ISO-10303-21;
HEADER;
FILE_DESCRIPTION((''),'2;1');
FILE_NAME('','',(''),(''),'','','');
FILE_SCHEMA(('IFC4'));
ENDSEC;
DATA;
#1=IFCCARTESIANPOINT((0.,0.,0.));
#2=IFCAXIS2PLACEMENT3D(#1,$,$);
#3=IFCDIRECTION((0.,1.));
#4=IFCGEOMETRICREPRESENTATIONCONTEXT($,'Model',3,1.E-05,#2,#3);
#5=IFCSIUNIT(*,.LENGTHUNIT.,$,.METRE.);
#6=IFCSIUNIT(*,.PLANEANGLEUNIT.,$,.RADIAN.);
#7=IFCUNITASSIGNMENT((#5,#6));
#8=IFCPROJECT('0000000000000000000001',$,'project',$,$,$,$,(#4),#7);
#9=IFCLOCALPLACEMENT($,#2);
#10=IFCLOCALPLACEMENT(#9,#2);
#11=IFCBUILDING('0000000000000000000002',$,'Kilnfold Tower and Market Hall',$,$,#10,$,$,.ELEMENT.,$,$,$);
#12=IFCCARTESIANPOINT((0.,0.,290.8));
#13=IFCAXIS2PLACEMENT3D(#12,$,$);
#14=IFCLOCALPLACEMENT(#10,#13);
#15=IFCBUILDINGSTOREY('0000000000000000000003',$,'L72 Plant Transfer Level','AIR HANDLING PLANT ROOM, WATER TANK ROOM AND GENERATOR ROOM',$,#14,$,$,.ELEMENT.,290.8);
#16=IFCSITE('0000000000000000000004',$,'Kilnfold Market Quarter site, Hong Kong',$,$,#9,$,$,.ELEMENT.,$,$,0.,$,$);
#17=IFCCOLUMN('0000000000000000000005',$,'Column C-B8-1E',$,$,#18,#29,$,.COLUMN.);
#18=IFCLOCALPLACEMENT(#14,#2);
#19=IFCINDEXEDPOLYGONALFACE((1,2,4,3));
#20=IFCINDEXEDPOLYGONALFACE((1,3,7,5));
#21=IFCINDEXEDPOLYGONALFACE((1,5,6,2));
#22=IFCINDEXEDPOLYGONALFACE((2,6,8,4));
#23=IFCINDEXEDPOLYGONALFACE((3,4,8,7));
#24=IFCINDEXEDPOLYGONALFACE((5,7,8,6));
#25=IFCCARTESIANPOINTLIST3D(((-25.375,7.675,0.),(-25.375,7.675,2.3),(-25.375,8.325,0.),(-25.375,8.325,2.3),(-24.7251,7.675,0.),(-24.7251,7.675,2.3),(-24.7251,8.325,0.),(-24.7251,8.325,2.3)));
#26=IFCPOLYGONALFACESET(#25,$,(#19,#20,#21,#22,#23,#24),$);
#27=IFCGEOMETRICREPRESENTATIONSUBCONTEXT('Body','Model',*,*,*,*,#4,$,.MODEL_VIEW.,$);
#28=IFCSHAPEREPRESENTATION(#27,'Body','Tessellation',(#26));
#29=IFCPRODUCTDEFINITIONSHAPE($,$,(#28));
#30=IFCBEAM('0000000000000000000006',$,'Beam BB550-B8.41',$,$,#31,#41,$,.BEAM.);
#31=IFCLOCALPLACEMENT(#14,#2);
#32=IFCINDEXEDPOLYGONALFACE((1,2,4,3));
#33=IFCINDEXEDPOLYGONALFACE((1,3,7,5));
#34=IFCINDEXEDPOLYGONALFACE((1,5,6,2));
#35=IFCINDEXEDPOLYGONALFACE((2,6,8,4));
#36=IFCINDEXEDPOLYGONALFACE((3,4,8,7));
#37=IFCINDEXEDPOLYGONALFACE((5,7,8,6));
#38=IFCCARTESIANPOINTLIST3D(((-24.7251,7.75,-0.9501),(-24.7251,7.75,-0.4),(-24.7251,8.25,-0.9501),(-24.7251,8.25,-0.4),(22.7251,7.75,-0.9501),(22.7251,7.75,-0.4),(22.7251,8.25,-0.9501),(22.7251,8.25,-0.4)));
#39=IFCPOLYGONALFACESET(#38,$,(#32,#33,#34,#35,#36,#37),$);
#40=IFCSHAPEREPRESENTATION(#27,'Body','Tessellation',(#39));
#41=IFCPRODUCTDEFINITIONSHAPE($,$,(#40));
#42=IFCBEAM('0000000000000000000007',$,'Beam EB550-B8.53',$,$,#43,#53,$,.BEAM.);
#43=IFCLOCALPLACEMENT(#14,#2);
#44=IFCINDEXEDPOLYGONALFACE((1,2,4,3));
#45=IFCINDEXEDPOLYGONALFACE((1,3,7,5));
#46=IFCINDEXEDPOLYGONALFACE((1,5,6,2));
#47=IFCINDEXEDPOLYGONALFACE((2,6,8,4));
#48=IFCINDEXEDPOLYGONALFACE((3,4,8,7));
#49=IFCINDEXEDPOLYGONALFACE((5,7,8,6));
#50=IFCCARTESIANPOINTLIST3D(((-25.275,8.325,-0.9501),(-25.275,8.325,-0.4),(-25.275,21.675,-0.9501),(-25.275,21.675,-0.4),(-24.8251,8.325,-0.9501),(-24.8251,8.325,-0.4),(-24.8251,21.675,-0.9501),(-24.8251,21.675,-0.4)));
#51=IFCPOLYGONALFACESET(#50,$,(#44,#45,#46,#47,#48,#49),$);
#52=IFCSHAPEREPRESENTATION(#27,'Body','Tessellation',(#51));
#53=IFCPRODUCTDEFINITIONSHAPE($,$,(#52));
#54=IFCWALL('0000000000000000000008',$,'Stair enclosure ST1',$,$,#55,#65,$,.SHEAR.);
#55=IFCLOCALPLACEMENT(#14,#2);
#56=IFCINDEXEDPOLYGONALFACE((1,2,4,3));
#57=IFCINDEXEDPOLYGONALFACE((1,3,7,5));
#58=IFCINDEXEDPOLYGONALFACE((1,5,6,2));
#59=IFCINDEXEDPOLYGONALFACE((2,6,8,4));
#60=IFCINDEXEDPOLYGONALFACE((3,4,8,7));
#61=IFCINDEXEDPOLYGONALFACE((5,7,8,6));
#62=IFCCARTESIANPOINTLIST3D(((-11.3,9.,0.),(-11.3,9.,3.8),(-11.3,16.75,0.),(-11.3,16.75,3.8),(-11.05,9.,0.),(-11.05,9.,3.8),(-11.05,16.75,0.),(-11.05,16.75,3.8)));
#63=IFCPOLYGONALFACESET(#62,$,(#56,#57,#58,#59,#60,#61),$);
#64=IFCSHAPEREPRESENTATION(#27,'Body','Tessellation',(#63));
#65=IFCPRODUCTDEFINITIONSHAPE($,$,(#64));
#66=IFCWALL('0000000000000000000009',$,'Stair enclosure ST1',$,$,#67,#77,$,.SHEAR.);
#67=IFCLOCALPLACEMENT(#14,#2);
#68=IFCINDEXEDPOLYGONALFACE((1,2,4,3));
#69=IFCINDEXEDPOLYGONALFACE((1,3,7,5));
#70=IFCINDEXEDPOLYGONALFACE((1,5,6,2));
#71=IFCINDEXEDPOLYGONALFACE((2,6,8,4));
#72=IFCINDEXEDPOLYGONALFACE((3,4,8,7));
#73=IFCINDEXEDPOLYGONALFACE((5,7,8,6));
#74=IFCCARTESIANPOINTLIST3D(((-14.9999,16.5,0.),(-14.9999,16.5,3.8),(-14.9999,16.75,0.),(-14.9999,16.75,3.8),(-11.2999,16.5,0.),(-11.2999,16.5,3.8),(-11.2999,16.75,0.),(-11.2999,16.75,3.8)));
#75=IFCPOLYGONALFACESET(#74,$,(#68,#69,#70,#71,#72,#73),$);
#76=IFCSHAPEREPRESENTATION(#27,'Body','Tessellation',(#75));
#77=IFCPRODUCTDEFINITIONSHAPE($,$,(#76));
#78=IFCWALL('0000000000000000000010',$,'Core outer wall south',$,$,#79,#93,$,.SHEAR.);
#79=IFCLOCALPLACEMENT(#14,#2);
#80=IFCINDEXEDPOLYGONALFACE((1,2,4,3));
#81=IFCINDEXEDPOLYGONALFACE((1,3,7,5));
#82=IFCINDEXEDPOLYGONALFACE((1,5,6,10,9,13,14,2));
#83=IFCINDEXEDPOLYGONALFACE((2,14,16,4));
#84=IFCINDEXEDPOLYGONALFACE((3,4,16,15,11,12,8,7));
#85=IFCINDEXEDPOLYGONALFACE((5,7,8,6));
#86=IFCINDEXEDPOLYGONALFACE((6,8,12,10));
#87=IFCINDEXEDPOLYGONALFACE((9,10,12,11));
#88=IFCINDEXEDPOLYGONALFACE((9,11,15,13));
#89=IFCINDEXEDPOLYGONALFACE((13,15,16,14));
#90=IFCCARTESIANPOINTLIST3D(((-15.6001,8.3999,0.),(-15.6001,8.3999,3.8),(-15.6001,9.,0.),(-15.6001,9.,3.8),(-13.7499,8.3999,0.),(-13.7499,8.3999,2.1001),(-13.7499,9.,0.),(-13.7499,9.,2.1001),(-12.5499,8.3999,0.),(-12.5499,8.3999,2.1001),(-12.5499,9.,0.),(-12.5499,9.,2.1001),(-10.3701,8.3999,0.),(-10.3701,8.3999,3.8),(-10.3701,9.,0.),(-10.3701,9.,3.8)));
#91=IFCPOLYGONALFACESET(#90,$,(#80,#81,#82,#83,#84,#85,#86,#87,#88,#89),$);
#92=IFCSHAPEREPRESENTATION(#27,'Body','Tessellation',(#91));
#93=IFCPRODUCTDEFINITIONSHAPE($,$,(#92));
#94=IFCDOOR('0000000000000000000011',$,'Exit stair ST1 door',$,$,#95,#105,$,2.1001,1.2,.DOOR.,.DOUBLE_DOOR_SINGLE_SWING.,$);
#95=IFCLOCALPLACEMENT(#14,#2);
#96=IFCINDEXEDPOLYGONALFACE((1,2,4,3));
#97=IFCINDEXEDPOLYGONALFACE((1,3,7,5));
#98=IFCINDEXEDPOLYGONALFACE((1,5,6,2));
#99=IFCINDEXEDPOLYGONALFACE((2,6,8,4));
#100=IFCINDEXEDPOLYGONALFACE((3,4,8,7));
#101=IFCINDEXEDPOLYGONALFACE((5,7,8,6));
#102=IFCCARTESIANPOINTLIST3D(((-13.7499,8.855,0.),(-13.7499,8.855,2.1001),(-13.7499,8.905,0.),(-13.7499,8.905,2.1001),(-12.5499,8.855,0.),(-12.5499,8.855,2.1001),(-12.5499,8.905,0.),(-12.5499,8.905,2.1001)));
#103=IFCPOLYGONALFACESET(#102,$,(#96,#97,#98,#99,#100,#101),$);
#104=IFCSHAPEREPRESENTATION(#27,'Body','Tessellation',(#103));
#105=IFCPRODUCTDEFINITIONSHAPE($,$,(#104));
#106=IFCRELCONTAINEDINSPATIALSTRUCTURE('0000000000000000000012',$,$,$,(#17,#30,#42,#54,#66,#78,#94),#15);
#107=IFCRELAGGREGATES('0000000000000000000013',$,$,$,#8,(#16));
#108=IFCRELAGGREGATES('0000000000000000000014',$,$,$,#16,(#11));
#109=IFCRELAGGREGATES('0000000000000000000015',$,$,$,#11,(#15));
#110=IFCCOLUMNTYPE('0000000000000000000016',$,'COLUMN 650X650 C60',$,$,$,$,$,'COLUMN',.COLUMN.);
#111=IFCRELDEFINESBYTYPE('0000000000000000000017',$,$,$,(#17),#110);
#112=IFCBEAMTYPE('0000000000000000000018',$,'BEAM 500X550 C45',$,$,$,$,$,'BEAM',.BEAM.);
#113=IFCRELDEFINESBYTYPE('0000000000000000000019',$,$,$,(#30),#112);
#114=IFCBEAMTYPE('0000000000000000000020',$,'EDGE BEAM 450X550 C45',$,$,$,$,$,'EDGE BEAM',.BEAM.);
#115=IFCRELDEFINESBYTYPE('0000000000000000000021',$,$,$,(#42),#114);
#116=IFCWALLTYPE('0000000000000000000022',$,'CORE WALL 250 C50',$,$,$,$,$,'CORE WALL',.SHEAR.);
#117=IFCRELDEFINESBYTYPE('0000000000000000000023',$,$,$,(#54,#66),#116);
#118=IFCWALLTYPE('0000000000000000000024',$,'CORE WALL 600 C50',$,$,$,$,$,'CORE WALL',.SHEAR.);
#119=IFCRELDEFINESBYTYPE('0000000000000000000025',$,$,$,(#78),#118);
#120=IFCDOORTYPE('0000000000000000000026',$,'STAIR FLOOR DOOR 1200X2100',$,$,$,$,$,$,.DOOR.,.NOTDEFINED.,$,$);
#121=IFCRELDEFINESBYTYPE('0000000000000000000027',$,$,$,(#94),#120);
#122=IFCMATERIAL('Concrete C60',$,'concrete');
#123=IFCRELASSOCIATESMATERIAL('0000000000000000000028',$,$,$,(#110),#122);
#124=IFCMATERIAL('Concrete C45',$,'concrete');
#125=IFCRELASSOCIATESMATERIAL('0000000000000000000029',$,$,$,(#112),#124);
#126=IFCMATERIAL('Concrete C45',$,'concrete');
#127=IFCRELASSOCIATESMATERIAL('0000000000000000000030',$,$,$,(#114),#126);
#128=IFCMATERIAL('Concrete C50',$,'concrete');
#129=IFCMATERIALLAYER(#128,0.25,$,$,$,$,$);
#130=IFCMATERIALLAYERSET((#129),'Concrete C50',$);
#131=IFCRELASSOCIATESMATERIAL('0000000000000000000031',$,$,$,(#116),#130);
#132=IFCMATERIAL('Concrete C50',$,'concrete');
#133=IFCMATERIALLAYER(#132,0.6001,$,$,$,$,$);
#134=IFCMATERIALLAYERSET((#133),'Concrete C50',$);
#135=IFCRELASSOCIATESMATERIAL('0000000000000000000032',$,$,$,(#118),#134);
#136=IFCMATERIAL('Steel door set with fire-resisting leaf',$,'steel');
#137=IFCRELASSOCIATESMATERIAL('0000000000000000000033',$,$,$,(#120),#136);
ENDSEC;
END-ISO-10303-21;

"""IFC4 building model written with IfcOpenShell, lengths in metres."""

from ifc_helpers import new_model, si_unit, direction, frame, frame_2d, origin, origin_2d, place, context, subcontext, project, spatial, rectangle, extrude, source, transform, mapped, material, layer, layer_set, material_profile, profile_set, type_object, element, fill, save


model = new_model("IFC4")

# Units and contexts
model_context = context("Model", 3, precision=1e-05, world=origin(), true_north=direction((0.0, 1.0)))
body_context = subcontext(model_context, "Body", "Model", "MODEL_VIEW")
ifc_project = project(units=[si_unit("LENGTHUNIT", "METRE"), si_unit("PLANEANGLEUNIT", "RADIAN")], contexts=[model_context])

# Site, building, storey
site_placement = place(None, origin())
site = spatial("IfcSite", under=ifc_project, at=site_placement, Name="Kilnfold Market Quarter site, Hong Kong", CompositionType="ELEMENT", RefElevation=0.0)
building_placement = place(site_placement, origin())
building = spatial("IfcBuilding", under=site, at=building_placement, Name="Kilnfold Tower and Market Hall", CompositionType="ELEMENT")
storey_placement = place(building_placement, frame((0.0, 0.0, 290.8)))
storey = spatial("IfcBuildingStorey", under=building, at=storey_placement, Name="L72 Plant Transfer Level", Description="AIR HANDLING PLANT ROOM, WATER TANK ROOM AND GENERATOR ROOM", CompositionType="ELEMENT", Elevation=290.8)

# Column
ifc_material_1 = material(Name="Concrete C60", Category="concrete")
ifc_material_profile_1 = material_profile(ifc_material_1, rectangle(XDim=0.6499, YDim=0.6499, at=origin_2d()), Name="RC 650x650")
ifc_profile_set_1 = profile_set([ifc_material_profile_1], Name="Concrete C60")
column_type = type_object("IfcColumnType", Name="COLUMN 650X650 C60", ElementType="COLUMN", PredefinedType="COLUMN", material=ifc_profile_set_1)
shared_shape_1 = source(origin(), body_context, "Body", "SweptSolid", [
    extrude(rectangle(XDim=0.6499, YDim=0.6499, at=origin_2d()), origin(), (0.0, 0.0, 1.0), 2.3),
])
column_placement = place(storey_placement, frame((-25.05, 8.0, 0.0), z_axis=(0.0, 0.0, 1.0), x_axis=(1.0, 0.0, 0.0)))
element("IfcColumn", 1, at=column_placement, inside=storey, type_object=column_type, Name="Column C-B8-1E", PredefinedType="COLUMN", context=body_context, shape_type="MappedRepresentation", body=[
    mapped(shared_shape_1, transform((0.0, 0.0, 0.0))),
])

# Beams
ifc_material_2 = material(Name="Concrete C45", Category="concrete")
ifc_material_profile_2 = material_profile(ifc_material_2, rectangle(XDim=0.5, YDim=0.55, at=origin_2d()), Name="RC 500x550")
ifc_profile_set_2 = profile_set([ifc_material_profile_2], Name="Concrete C45")
beam_type_1 = type_object("IfcBeamType", Name="BEAM 500X550 C45", ElementType="BEAM", PredefinedType="BEAM", material=ifc_profile_set_2)
shared_shape_2 = source(origin(), body_context, "Body", "SweptSolid", [
    extrude(rectangle(XDim=0.5, YDim=0.55, at=origin_2d()), origin(), (0.0, 0.0, 1.0), 47.4502),
])
beam_1_placement = place(storey_placement, frame((-24.7251, 8.0, -0.675), z_axis=(1.0, 0.0, 0.0), x_axis=(0.0, 1.0, 0.0)))
element("IfcBeam", 2, at=beam_1_placement, inside=storey, type_object=beam_type_1, Name="Beam BB550-B8.41", PredefinedType="BEAM", context=body_context, shape_type="MappedRepresentation", body=[
    mapped(shared_shape_2, transform((0.0, 0.0, 0.0))),
])
ifc_material_3 = material(Name="Concrete C45", Category="concrete")
ifc_material_profile_3 = material_profile(ifc_material_3, rectangle(XDim=0.45, YDim=0.55, at=origin_2d()), Name="RC 450x550")
ifc_profile_set_3 = profile_set([ifc_material_profile_3], Name="Concrete C45")
beam_type_2 = type_object("IfcBeamType", Name="EDGE BEAM 450X550 C45", ElementType="EDGE BEAM", PredefinedType="BEAM", material=ifc_profile_set_3)
shared_shape_3 = source(origin(), body_context, "Body", "SweptSolid", [
    extrude(rectangle(XDim=0.45, YDim=0.55, at=origin_2d()), origin(), (0.0, 0.0, 1.0), 13.3501),
])
beam_2_placement = place(storey_placement, frame((-25.05, 8.325, -0.675), z_axis=(0.0, 1.0, 0.0), x_axis=(-1.0, 0.0, 0.0)))
element("IfcBeam", 3, at=beam_2_placement, inside=storey, type_object=beam_type_2, Name="Beam EB550-B8.53", PredefinedType="BEAM", context=body_context, shape_type="MappedRepresentation", body=[
    mapped(shared_shape_3, transform((0.0, 0.0, 0.0))),
])

# Walls
ifc_material_4 = material(Name="Concrete C50", Category="concrete")
ifc_layer_1 = layer(ifc_material_4, 0.25)
ifc_layer_set_1 = layer_set([ifc_layer_1], Name="Concrete C50")
wall_type_1 = type_object("IfcWallType", Name="CORE WALL 250 C50", ElementType="CORE WALL", PredefinedType="SHEAR", material=ifc_layer_set_1)
shared_shape_4 = source(origin(), body_context, "Body", "SweptSolid", [
    extrude(rectangle(XDim=7.75, YDim=0.25, at=frame_2d((3.875, 0.0))), origin(), (0.0, 0.0, 1.0), 3.8),
])
wall_1_placement = place(storey_placement, frame((-11.175, 9.0, 0.0), z_axis=(0.0, 0.0, 1.0), x_axis=(0.0, 1.0, 0.0)))
element("IfcWall", 4, at=wall_1_placement, inside=storey, type_object=wall_type_1, Name="Stair enclosure ST1", PredefinedType="SHEAR", context=body_context, shape_type="MappedRepresentation", body=[
    mapped(shared_shape_4, transform((0.0, 0.0, 0.0))),
])
shared_shape_5 = source(origin(), body_context, "Body", "SweptSolid", [
    extrude(rectangle(XDim=3.7, YDim=0.25, at=frame_2d((1.8501, 0.0))), origin(), (0.0, 0.0, 1.0), 3.8),
])
wall_2_placement = place(storey_placement, frame((-15.0, 16.625, 0.0), z_axis=(0.0, 0.0, 1.0), x_axis=(1.0, 0.0, 0.0)))
element("IfcWall", 5, at=wall_2_placement, inside=storey, type_object=wall_type_1, Name="Stair enclosure ST1", PredefinedType="SHEAR", context=body_context, shape_type="MappedRepresentation", body=[
    mapped(shared_shape_5, transform((0.0, 0.0, 0.0))),
])

# Wall, opening, door
ifc_material_5 = material(Name="Concrete C50", Category="concrete")
ifc_layer_2 = layer(ifc_material_5, 0.6001)
ifc_layer_set_2 = layer_set([ifc_layer_2], Name="Concrete C50")
wall_type_2 = type_object("IfcWallType", Name="CORE WALL 600 C50", ElementType="CORE WALL", PredefinedType="SHEAR", material=ifc_layer_set_2)
shared_shape_6 = source(origin(), body_context, "Body", "SweptSolid", [
    extrude(rectangle(XDim=5.23, YDim=0.6001, at=frame_2d((2.615, 0.0))), origin(), (0.0, 0.0, 1.0), 3.8),
])
wall_3_placement = place(storey_placement, frame((-15.6001, 8.7, 0.0), z_axis=(0.0, 0.0, 1.0), x_axis=(1.0, 0.0, 0.0)))
wall_3 = element("IfcWall", 6, at=wall_3_placement, inside=storey, type_object=wall_type_2, Name="Core outer wall south", PredefinedType="SHEAR", context=body_context, shape_type="MappedRepresentation", body=[
    mapped(shared_shape_6, transform((0.0, 0.0, 0.0))),
])
opening_1_placement = place(wall_3_placement, frame((1.8501, 0.0, 0.0)))
opening_1 = element("IfcOpeningElement", 7, at=opening_1_placement, cuts=wall_3, PredefinedType="OPENING", context=body_context, shape_type="SweptSolid", body=[
    extrude(rectangle(XDim=1.2, YDim=2.1001, at=frame_2d((0.6001, 1.05))), frame((0.0, 0.3101, 0.0), z_axis=(0.0, -1.0, 0.0), x_axis=(1.0, 0.0, 0.0)), (0.0, 0.0, 1.0), 0.6201),
])
ifc_material_6 = material(Name="Steel door set with fire-resisting leaf", Category="steel")
door_type_1 = type_object("IfcDoorType", Name="STAIR FLOOR DOOR 1200X2100", OperationType="NOTDEFINED", PredefinedType="DOOR", material=ifc_material_6)
door_1_placement = place(opening_1_placement, origin())
door_1 = element("IfcDoor", 8, at=door_1_placement, inside=storey, type_object=door_type_1, Name="Exit stair ST1 door", OperationType="DOUBLE_DOOR_SINGLE_SWING", OverallHeight=2.1001, OverallWidth=1.2, PredefinedType="DOOR", context=body_context, shape_type="SweptSolid", body=[
    extrude(rectangle(XDim=1.2, YDim=2.1001, at=frame_2d((0.6001, 1.05))), frame((0.0, 0.2051, 0.0), z_axis=(0.0, -1.0, 0.0), x_axis=(1.0, 0.0, 0.0)), (0.0, 0.0, 1.0), 0.05),
])
fill(opening_1, door_1)

save(model, "model.ifc")
